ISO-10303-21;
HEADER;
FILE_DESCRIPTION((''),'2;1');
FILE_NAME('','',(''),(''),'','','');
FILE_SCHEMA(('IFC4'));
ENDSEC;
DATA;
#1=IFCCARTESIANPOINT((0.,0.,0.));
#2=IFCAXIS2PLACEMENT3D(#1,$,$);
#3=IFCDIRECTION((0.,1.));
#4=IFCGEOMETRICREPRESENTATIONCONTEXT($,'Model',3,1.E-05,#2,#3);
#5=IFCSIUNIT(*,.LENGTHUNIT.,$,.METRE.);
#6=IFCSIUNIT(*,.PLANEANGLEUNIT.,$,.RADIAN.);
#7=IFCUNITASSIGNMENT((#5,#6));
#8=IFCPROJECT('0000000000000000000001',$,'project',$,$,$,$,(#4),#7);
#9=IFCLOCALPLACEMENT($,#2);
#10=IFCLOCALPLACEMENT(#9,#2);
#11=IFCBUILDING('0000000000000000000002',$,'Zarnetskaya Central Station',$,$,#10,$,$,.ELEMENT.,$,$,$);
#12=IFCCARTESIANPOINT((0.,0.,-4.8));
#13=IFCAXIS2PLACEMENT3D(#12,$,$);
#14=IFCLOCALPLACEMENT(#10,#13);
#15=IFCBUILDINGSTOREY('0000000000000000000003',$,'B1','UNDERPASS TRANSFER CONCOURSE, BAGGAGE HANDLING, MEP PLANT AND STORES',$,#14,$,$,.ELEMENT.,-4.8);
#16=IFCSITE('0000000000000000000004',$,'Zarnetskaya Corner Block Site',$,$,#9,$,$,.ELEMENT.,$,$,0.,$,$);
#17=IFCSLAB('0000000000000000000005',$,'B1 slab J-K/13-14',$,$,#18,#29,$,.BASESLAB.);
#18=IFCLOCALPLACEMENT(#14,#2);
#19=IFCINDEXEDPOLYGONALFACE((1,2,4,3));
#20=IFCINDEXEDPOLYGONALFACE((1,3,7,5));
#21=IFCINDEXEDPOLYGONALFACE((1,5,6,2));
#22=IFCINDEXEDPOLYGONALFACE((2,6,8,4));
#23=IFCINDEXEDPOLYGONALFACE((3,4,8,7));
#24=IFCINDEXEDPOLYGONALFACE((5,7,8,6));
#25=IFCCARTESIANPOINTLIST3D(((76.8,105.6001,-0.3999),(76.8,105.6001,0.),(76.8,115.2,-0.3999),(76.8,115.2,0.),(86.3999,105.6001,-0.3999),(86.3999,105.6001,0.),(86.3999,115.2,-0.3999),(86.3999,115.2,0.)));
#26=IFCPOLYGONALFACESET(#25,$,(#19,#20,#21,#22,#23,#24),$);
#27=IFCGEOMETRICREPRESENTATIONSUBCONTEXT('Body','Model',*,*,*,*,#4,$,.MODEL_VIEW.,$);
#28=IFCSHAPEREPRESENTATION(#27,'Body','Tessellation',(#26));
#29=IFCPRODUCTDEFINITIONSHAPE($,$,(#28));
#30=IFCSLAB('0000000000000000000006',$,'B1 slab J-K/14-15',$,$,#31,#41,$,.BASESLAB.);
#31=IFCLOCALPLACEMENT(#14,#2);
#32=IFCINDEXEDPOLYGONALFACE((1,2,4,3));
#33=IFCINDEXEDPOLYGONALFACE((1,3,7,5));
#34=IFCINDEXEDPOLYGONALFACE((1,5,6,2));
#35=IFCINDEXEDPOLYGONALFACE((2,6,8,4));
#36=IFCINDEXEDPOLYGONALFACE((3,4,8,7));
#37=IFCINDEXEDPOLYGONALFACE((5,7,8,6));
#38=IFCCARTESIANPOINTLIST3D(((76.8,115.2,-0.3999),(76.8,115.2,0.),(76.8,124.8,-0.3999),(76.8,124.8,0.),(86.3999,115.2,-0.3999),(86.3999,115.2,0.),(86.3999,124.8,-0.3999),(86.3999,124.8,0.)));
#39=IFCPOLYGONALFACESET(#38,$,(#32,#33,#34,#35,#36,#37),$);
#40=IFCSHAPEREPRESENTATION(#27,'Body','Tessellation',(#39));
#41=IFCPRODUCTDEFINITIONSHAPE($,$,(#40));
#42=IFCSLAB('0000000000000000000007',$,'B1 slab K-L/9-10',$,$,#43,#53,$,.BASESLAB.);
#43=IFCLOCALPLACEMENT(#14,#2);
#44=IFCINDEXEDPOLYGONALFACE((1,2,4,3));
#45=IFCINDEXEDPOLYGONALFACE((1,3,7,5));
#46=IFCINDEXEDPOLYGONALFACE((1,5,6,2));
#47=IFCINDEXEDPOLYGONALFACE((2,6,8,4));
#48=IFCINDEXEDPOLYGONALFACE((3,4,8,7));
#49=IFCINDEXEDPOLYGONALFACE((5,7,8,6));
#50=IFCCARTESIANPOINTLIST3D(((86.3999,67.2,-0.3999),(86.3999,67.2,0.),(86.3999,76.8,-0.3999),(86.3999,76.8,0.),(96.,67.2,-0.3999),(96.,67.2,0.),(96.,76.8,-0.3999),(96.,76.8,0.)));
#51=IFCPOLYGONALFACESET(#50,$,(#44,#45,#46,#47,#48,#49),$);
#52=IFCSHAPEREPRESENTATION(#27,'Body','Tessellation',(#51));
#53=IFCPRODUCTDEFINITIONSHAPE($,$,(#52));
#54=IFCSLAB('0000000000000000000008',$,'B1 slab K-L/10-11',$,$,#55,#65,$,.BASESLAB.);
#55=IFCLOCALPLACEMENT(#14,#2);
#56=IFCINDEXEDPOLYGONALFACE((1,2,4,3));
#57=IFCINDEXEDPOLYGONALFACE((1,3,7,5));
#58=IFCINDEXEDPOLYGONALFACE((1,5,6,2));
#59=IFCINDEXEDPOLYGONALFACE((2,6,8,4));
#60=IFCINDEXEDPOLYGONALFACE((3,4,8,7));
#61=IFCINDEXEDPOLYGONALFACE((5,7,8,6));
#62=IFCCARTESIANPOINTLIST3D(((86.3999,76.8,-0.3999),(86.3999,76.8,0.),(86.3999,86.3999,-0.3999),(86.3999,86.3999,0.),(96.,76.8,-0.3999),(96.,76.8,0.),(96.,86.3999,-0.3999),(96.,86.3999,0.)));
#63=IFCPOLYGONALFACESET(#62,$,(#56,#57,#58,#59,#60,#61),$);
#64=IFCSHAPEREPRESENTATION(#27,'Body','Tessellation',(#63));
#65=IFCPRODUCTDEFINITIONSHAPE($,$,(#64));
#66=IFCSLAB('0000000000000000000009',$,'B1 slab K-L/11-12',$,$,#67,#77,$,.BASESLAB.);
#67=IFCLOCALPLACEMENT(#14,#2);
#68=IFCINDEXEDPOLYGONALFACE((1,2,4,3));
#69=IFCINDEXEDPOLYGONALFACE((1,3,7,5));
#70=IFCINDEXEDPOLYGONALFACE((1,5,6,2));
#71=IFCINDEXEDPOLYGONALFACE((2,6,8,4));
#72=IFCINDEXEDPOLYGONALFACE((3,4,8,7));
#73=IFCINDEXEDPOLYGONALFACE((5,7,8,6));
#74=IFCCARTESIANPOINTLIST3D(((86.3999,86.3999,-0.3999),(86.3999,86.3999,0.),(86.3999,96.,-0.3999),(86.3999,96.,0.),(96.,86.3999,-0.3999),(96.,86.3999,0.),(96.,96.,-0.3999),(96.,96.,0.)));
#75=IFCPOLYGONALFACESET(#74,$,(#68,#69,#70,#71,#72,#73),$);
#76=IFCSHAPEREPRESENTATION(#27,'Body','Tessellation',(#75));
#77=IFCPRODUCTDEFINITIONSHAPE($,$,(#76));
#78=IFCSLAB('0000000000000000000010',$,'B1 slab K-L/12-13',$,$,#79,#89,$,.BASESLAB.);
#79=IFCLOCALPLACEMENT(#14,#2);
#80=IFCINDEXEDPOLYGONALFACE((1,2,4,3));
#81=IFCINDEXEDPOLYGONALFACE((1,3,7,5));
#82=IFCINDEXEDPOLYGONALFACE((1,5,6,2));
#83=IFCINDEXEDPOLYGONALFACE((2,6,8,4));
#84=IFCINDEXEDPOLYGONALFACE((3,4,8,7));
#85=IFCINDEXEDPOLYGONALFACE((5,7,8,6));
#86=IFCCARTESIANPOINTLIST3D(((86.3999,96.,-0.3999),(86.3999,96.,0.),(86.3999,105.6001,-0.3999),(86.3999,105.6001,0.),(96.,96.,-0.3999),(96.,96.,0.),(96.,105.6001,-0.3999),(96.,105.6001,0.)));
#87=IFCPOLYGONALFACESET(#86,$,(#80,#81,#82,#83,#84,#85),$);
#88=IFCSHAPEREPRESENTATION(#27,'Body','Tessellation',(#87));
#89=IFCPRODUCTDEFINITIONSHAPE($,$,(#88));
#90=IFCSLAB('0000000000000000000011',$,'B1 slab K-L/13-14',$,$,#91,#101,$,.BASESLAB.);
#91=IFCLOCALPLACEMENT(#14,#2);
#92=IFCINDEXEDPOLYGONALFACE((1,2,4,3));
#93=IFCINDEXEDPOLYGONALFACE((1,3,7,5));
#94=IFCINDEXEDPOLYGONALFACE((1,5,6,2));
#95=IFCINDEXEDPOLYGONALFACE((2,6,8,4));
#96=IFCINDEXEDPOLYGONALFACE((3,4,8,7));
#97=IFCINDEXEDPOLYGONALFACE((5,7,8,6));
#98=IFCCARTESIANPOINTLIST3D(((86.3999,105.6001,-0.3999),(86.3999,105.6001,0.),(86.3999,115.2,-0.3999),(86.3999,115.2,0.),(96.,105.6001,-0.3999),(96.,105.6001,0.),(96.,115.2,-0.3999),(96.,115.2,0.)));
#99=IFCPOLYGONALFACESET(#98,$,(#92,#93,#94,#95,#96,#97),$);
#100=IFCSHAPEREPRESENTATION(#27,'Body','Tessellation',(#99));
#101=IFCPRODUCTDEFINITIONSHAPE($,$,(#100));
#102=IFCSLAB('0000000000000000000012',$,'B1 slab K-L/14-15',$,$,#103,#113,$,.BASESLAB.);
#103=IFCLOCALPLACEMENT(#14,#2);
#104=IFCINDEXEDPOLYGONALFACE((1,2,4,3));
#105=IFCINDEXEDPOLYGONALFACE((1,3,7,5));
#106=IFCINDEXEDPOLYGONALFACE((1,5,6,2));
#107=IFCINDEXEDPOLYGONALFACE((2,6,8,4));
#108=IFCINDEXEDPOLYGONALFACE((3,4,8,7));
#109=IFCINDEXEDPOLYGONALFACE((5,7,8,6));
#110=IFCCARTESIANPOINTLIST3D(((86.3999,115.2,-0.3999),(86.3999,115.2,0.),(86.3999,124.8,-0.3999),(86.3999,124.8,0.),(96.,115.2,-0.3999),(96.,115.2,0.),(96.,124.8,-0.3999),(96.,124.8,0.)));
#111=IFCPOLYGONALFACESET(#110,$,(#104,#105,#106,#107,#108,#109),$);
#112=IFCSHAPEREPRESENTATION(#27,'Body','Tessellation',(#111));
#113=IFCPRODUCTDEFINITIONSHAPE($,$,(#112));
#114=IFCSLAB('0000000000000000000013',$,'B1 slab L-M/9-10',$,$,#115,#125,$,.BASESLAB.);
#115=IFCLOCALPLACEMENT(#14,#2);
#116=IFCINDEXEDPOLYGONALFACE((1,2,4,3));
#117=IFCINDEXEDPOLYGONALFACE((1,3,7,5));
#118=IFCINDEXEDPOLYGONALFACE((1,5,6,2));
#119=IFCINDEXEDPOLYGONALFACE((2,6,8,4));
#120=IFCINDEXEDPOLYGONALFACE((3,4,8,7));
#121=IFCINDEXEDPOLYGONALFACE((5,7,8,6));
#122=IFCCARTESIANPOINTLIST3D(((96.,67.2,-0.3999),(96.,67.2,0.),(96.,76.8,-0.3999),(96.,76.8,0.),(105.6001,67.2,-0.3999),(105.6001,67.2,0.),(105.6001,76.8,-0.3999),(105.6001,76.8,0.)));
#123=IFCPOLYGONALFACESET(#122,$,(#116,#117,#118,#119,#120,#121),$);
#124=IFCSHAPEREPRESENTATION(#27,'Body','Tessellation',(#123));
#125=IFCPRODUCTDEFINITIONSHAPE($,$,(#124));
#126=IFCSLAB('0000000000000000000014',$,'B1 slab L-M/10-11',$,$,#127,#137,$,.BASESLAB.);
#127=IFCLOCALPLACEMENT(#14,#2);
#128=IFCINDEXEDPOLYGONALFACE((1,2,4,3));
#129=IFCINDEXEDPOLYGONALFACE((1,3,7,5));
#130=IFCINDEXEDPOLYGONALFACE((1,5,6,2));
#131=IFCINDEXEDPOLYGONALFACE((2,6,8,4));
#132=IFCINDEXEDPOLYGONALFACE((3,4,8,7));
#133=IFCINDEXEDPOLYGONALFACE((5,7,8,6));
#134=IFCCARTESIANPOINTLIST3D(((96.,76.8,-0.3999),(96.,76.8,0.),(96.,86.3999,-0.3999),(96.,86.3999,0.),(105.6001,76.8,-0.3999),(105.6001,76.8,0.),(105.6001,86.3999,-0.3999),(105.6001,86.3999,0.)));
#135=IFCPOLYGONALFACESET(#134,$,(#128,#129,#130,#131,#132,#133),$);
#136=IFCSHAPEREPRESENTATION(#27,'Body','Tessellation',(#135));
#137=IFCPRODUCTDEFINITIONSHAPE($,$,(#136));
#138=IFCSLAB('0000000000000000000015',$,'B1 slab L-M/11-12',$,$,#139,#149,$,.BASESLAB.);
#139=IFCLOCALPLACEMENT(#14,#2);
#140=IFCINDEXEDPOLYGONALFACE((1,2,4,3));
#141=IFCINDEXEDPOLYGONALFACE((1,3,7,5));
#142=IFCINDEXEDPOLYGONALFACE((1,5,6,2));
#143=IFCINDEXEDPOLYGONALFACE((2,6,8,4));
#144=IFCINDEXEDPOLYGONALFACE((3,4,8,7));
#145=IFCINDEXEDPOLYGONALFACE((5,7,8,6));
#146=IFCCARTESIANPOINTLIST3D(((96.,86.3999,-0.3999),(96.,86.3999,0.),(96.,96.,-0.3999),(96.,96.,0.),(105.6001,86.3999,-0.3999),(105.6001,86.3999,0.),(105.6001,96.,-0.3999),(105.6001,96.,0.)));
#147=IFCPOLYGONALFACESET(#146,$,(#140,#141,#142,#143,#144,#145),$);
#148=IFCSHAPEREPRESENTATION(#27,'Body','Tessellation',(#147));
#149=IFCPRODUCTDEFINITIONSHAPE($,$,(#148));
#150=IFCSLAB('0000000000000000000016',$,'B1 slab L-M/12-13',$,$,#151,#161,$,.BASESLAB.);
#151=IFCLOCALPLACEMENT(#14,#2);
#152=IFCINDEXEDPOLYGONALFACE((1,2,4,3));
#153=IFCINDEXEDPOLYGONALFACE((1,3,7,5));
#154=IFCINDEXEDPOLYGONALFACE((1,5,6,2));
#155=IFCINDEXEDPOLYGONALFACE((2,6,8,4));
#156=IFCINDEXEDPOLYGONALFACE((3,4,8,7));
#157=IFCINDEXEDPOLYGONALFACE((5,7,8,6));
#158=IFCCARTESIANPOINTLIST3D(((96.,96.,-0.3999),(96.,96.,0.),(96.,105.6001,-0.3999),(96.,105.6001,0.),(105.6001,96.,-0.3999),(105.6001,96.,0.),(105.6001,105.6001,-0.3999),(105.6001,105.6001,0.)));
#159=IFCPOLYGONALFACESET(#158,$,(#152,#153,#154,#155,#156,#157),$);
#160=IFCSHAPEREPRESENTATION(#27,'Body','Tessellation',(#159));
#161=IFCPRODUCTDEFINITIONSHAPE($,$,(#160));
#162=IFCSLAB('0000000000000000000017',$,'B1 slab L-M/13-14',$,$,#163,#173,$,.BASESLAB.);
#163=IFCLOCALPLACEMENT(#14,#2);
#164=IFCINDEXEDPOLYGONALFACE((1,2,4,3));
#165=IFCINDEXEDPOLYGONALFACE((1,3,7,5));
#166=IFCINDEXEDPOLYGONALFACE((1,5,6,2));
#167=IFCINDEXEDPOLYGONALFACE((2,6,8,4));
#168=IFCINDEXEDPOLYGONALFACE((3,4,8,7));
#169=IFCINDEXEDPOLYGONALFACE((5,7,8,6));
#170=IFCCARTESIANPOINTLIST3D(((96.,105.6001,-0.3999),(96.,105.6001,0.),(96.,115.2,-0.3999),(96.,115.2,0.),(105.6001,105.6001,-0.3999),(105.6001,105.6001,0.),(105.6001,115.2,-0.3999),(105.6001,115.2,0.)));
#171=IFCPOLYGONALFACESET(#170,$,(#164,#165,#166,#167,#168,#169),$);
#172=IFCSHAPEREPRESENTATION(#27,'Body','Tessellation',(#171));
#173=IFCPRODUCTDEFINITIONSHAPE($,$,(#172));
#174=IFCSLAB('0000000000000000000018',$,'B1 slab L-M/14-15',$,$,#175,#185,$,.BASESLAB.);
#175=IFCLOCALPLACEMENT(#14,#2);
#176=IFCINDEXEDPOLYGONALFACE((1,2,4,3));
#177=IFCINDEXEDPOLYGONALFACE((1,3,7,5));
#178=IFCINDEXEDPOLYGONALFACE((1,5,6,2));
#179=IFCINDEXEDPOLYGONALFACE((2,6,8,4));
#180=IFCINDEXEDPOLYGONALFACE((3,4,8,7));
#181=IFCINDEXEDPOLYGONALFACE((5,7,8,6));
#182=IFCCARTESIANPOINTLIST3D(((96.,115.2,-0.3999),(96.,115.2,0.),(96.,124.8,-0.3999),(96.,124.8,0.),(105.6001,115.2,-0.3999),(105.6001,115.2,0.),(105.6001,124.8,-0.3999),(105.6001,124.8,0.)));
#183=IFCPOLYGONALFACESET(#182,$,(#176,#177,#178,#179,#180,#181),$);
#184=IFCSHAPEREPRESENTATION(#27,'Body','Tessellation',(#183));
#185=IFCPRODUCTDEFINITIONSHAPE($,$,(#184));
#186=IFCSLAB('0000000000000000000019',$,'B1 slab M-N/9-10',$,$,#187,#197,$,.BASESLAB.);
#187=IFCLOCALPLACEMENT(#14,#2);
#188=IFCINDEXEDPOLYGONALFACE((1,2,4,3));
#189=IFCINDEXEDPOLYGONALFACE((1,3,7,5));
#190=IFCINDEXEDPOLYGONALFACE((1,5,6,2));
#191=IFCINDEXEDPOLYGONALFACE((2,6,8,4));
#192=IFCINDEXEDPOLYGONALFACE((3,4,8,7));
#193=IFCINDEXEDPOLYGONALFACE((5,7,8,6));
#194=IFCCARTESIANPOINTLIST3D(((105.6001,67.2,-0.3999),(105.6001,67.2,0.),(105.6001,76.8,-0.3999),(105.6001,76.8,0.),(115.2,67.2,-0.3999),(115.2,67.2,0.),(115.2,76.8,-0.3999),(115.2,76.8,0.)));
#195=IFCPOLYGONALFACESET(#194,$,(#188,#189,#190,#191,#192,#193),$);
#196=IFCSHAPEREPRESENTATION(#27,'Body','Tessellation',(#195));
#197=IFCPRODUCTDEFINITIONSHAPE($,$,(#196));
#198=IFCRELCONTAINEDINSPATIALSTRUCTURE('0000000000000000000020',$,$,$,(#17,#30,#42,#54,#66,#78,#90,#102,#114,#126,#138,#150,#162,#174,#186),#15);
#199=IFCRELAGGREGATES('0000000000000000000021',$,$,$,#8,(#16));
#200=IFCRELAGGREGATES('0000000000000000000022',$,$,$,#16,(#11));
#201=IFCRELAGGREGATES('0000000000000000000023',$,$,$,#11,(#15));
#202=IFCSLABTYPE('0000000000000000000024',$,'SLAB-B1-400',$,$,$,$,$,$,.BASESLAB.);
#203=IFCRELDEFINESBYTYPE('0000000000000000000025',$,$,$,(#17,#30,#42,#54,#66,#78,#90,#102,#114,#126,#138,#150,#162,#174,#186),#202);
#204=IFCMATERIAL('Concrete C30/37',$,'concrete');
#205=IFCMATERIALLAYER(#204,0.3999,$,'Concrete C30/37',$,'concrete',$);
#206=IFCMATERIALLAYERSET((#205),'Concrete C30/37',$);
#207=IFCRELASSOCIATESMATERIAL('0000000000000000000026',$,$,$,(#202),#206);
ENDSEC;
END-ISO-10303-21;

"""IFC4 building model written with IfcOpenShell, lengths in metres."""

from ifc_helpers import new_model, si_unit, direction, frame, origin, place, context, subcontext, project, spatial, polyline, outline, extrude, material, layer, layer_set, type_object, element, save


model = new_model("IFC4")

# Units and contexts
model_context = context("Model", 3, precision=1e-05, world=origin(), true_north=direction((0.0, 1.0)))
body_context = subcontext(model_context, "Body", "Model", "MODEL_VIEW")
ifc_project = project(units=[si_unit("LENGTHUNIT", "METRE"), si_unit("PLANEANGLEUNIT", "RADIAN")], contexts=[model_context])

# Site, building, storey
site_placement = place(None, origin())
site = spatial("IfcSite", under=ifc_project, at=site_placement, Name="Zarnetskaya Corner Block Site", CompositionType="ELEMENT", RefElevation=0.0)
building_placement = place(site_placement, origin())
building = spatial("IfcBuilding", under=site, at=building_placement, Name="Zarnetskaya Central Station", CompositionType="ELEMENT")
storey_placement = place(building_placement, frame((0.0, 0.0, -4.8)))
storey = spatial("IfcBuildingStorey", under=building, at=storey_placement, Name="B1", Description="UNDERPASS TRANSFER CONCOURSE, BAGGAGE HANDLING, MEP PLANT AND STORES", CompositionType="ELEMENT", Elevation=-4.8)

# Slabs
ifc_material = material(Name="Concrete C30/37", Category="concrete")
ifc_layer = layer(ifc_material, 0.3999, Name="Concrete C30/37", Category="concrete")
ifc_layer_set = layer_set([ifc_layer], Name="Concrete C30/37")
slab_type = type_object("IfcSlabType", Name="SLAB-B1-400", PredefinedType="BASESLAB", material=ifc_layer_set)
slab_1_placement = place(storey_placement, frame((0.0, 0.0, -0.3999)))
element("IfcSlab", 1, at=slab_1_placement, inside=storey, type_object=slab_type, Name="B1 slab J-K/13-14", PredefinedType="BASESLAB", context=body_context, shape_type="SweptSolid", body=[
    extrude(outline(polyline([(76.8, 105.6001), (86.3999, 105.6001), (86.3999, 115.2), (76.8, 115.2), (76.8, 105.6001)])), origin(), (0.0, 0.0, 1.0), 0.3999),
])
slab_2_placement = place(storey_placement, frame((0.0, 0.0, -0.3999)))
element("IfcSlab", 2, at=slab_2_placement, inside=storey, type_object=slab_type, Name="B1 slab J-K/14-15", PredefinedType="BASESLAB", context=body_context, shape_type="SweptSolid", body=[
    extrude(outline(polyline([(76.8, 115.2), (86.3999, 115.2), (86.3999, 124.8), (76.8, 124.8), (76.8, 115.2)])), origin(), (0.0, 0.0, 1.0), 0.3999),
])
slab_3_placement = place(storey_placement, frame((0.0, 0.0, -0.3999)))
element("IfcSlab", 3, at=slab_3_placement, inside=storey, type_object=slab_type, Name="B1 slab K-L/9-10", PredefinedType="BASESLAB", context=body_context, shape_type="SweptSolid", body=[
    extrude(outline(polyline([(86.3999, 67.2), (96.0, 67.2), (96.0, 76.8), (86.3999, 76.8), (86.3999, 67.2)])), origin(), (0.0, 0.0, 1.0), 0.3999),
])
slab_4_placement = place(storey_placement, frame((0.0, 0.0, -0.3999)))
element("IfcSlab", 4, at=slab_4_placement, inside=storey, type_object=slab_type, Name="B1 slab K-L/10-11", PredefinedType="BASESLAB", context=body_context, shape_type="SweptSolid", body=[
    extrude(outline(polyline([(86.3999, 76.8), (96.0, 76.8), (96.0, 86.3999), (86.3999, 86.3999), (86.3999, 76.8)])), origin(), (0.0, 0.0, 1.0), 0.3999),
])
slab_5_placement = place(storey_placement, frame((0.0, 0.0, -0.3999)))
element("IfcSlab", 5, at=slab_5_placement, inside=storey, type_object=slab_type, Name="B1 slab K-L/11-12", PredefinedType="BASESLAB", context=body_context, shape_type="SweptSolid", body=[
    extrude(outline(polyline([(86.3999, 86.3999), (96.0, 86.3999), (96.0, 96.0), (86.3999, 96.0), (86.3999, 86.3999)])), origin(), (0.0, 0.0, 1.0), 0.3999),
])
slab_6_placement = place(storey_placement, frame((0.0, 0.0, -0.3999)))
element("IfcSlab", 6, at=slab_6_placement, inside=storey, type_object=slab_type, Name="B1 slab K-L/12-13", PredefinedType="BASESLAB", context=body_context, shape_type="SweptSolid", body=[
    extrude(outline(polyline([(86.3999, 96.0), (96.0, 96.0), (96.0, 105.6001), (86.3999, 105.6001), (86.3999, 96.0)])), origin(), (0.0, 0.0, 1.0), 0.3999),
])
slab_7_placement = place(storey_placement, frame((0.0, 0.0, -0.3999)))
element("IfcSlab", 7, at=slab_7_placement, inside=storey, type_object=slab_type, Name="B1 slab K-L/13-14", PredefinedType="BASESLAB", context=body_context, shape_type="SweptSolid", body=[
    extrude(outline(polyline([(86.3999, 105.6001), (96.0, 105.6001), (96.0, 115.2), (86.3999, 115.2), (86.3999, 105.6001)])), origin(), (0.0, 0.0, 1.0), 0.3999),
])
slab_8_placement = place(storey_placement, frame((0.0, 0.0, -0.3999)))
element("IfcSlab", 8, at=slab_8_placement, inside=storey, type_object=slab_type, Name="B1 slab K-L/14-15", PredefinedType="BASESLAB", context=body_context, shape_type="SweptSolid", body=[
    extrude(outline(polyline([(86.3999, 115.2), (96.0, 115.2), (96.0, 124.8), (86.3999, 124.8), (86.3999, 115.2)])), origin(), (0.0, 0.0, 1.0), 0.3999),
])
slab_9_placement = place(storey_placement, frame((0.0, 0.0, -0.3999)))
element("IfcSlab", 9, at=slab_9_placement, inside=storey, type_object=slab_type, Name="B1 slab L-M/9-10", PredefinedType="BASESLAB", context=body_context, shape_type="SweptSolid", body=[
    extrude(outline(polyline([(96.0, 67.2), (105.6001, 67.2), (105.6001, 76.8), (96.0, 76.8), (96.0, 67.2)])), origin(), (0.0, 0.0, 1.0), 0.3999),
])
slab_10_placement = place(storey_placement, frame((0.0, 0.0, -0.3999)))
element("IfcSlab", 10, at=slab_10_placement, inside=storey, type_object=slab_type, Name="B1 slab L-M/10-11", PredefinedType="BASESLAB", context=body_context, shape_type="SweptSolid", body=[
    extrude(outline(polyline([(96.0, 76.8), (105.6001, 76.8), (105.6001, 86.3999), (96.0, 86.3999), (96.0, 76.8)])), origin(), (0.0, 0.0, 1.0), 0.3999),
])
slab_11_placement = place(storey_placement, frame((0.0, 0.0, -0.3999)))
element("IfcSlab", 11, at=slab_11_placement, inside=storey, type_object=slab_type, Name="B1 slab L-M/11-12", PredefinedType="BASESLAB", context=body_context, shape_type="SweptSolid", body=[
    extrude(outline(polyline([(96.0, 86.3999), (105.6001, 86.3999), (105.6001, 96.0), (96.0, 96.0), (96.0, 86.3999)])), origin(), (0.0, 0.0, 1.0), 0.3999),
])
slab_12_placement = place(storey_placement, frame((0.0, 0.0, -0.3999)))
element("IfcSlab", 12, at=slab_12_placement, inside=storey, type_object=slab_type, Name="B1 slab L-M/12-13", PredefinedType="BASESLAB", context=body_context, shape_type="SweptSolid", body=[
    extrude(outline(polyline([(96.0, 96.0), (105.6001, 96.0), (105.6001, 105.6001), (96.0, 105.6001), (96.0, 96.0)])), origin(), (0.0, 0.0, 1.0), 0.3999),
])
slab_13_placement = place(storey_placement, frame((0.0, 0.0, -0.3999)))
element("IfcSlab", 13, at=slab_13_placement, inside=storey, type_object=slab_type, Name="B1 slab L-M/13-14", PredefinedType="BASESLAB", context=body_context, shape_type="SweptSolid", body=[
    extrude(outline(polyline([(96.0, 105.6001), (105.6001, 105.6001), (105.6001, 115.2), (96.0, 115.2), (96.0, 105.6001)])), origin(), (0.0, 0.0, 1.0), 0.3999),
])
slab_14_placement = place(storey_placement, frame((0.0, 0.0, -0.3999)))
element("IfcSlab", 14, at=slab_14_placement, inside=storey, type_object=slab_type, Name="B1 slab L-M/14-15", PredefinedType="BASESLAB", context=body_context, shape_type="SweptSolid", body=[
    extrude(outline(polyline([(96.0, 115.2), (105.6001, 115.2), (105.6001, 124.8), (96.0, 124.8), (96.0, 115.2)])), origin(), (0.0, 0.0, 1.0), 0.3999),
])
slab_15_placement = place(storey_placement, frame((0.0, 0.0, -0.3999)))
element("IfcSlab", 15, at=slab_15_placement, inside=storey, type_object=slab_type, Name="B1 slab M-N/9-10", PredefinedType="BASESLAB", context=body_context, shape_type="SweptSolid", body=[
    extrude(outline(polyline([(105.6001, 67.2), (115.2, 67.2), (115.2, 76.8), (105.6001, 76.8), (105.6001, 67.2)])), origin(), (0.0, 0.0, 1.0), 0.3999),
])

save(model, "model.ifc")
